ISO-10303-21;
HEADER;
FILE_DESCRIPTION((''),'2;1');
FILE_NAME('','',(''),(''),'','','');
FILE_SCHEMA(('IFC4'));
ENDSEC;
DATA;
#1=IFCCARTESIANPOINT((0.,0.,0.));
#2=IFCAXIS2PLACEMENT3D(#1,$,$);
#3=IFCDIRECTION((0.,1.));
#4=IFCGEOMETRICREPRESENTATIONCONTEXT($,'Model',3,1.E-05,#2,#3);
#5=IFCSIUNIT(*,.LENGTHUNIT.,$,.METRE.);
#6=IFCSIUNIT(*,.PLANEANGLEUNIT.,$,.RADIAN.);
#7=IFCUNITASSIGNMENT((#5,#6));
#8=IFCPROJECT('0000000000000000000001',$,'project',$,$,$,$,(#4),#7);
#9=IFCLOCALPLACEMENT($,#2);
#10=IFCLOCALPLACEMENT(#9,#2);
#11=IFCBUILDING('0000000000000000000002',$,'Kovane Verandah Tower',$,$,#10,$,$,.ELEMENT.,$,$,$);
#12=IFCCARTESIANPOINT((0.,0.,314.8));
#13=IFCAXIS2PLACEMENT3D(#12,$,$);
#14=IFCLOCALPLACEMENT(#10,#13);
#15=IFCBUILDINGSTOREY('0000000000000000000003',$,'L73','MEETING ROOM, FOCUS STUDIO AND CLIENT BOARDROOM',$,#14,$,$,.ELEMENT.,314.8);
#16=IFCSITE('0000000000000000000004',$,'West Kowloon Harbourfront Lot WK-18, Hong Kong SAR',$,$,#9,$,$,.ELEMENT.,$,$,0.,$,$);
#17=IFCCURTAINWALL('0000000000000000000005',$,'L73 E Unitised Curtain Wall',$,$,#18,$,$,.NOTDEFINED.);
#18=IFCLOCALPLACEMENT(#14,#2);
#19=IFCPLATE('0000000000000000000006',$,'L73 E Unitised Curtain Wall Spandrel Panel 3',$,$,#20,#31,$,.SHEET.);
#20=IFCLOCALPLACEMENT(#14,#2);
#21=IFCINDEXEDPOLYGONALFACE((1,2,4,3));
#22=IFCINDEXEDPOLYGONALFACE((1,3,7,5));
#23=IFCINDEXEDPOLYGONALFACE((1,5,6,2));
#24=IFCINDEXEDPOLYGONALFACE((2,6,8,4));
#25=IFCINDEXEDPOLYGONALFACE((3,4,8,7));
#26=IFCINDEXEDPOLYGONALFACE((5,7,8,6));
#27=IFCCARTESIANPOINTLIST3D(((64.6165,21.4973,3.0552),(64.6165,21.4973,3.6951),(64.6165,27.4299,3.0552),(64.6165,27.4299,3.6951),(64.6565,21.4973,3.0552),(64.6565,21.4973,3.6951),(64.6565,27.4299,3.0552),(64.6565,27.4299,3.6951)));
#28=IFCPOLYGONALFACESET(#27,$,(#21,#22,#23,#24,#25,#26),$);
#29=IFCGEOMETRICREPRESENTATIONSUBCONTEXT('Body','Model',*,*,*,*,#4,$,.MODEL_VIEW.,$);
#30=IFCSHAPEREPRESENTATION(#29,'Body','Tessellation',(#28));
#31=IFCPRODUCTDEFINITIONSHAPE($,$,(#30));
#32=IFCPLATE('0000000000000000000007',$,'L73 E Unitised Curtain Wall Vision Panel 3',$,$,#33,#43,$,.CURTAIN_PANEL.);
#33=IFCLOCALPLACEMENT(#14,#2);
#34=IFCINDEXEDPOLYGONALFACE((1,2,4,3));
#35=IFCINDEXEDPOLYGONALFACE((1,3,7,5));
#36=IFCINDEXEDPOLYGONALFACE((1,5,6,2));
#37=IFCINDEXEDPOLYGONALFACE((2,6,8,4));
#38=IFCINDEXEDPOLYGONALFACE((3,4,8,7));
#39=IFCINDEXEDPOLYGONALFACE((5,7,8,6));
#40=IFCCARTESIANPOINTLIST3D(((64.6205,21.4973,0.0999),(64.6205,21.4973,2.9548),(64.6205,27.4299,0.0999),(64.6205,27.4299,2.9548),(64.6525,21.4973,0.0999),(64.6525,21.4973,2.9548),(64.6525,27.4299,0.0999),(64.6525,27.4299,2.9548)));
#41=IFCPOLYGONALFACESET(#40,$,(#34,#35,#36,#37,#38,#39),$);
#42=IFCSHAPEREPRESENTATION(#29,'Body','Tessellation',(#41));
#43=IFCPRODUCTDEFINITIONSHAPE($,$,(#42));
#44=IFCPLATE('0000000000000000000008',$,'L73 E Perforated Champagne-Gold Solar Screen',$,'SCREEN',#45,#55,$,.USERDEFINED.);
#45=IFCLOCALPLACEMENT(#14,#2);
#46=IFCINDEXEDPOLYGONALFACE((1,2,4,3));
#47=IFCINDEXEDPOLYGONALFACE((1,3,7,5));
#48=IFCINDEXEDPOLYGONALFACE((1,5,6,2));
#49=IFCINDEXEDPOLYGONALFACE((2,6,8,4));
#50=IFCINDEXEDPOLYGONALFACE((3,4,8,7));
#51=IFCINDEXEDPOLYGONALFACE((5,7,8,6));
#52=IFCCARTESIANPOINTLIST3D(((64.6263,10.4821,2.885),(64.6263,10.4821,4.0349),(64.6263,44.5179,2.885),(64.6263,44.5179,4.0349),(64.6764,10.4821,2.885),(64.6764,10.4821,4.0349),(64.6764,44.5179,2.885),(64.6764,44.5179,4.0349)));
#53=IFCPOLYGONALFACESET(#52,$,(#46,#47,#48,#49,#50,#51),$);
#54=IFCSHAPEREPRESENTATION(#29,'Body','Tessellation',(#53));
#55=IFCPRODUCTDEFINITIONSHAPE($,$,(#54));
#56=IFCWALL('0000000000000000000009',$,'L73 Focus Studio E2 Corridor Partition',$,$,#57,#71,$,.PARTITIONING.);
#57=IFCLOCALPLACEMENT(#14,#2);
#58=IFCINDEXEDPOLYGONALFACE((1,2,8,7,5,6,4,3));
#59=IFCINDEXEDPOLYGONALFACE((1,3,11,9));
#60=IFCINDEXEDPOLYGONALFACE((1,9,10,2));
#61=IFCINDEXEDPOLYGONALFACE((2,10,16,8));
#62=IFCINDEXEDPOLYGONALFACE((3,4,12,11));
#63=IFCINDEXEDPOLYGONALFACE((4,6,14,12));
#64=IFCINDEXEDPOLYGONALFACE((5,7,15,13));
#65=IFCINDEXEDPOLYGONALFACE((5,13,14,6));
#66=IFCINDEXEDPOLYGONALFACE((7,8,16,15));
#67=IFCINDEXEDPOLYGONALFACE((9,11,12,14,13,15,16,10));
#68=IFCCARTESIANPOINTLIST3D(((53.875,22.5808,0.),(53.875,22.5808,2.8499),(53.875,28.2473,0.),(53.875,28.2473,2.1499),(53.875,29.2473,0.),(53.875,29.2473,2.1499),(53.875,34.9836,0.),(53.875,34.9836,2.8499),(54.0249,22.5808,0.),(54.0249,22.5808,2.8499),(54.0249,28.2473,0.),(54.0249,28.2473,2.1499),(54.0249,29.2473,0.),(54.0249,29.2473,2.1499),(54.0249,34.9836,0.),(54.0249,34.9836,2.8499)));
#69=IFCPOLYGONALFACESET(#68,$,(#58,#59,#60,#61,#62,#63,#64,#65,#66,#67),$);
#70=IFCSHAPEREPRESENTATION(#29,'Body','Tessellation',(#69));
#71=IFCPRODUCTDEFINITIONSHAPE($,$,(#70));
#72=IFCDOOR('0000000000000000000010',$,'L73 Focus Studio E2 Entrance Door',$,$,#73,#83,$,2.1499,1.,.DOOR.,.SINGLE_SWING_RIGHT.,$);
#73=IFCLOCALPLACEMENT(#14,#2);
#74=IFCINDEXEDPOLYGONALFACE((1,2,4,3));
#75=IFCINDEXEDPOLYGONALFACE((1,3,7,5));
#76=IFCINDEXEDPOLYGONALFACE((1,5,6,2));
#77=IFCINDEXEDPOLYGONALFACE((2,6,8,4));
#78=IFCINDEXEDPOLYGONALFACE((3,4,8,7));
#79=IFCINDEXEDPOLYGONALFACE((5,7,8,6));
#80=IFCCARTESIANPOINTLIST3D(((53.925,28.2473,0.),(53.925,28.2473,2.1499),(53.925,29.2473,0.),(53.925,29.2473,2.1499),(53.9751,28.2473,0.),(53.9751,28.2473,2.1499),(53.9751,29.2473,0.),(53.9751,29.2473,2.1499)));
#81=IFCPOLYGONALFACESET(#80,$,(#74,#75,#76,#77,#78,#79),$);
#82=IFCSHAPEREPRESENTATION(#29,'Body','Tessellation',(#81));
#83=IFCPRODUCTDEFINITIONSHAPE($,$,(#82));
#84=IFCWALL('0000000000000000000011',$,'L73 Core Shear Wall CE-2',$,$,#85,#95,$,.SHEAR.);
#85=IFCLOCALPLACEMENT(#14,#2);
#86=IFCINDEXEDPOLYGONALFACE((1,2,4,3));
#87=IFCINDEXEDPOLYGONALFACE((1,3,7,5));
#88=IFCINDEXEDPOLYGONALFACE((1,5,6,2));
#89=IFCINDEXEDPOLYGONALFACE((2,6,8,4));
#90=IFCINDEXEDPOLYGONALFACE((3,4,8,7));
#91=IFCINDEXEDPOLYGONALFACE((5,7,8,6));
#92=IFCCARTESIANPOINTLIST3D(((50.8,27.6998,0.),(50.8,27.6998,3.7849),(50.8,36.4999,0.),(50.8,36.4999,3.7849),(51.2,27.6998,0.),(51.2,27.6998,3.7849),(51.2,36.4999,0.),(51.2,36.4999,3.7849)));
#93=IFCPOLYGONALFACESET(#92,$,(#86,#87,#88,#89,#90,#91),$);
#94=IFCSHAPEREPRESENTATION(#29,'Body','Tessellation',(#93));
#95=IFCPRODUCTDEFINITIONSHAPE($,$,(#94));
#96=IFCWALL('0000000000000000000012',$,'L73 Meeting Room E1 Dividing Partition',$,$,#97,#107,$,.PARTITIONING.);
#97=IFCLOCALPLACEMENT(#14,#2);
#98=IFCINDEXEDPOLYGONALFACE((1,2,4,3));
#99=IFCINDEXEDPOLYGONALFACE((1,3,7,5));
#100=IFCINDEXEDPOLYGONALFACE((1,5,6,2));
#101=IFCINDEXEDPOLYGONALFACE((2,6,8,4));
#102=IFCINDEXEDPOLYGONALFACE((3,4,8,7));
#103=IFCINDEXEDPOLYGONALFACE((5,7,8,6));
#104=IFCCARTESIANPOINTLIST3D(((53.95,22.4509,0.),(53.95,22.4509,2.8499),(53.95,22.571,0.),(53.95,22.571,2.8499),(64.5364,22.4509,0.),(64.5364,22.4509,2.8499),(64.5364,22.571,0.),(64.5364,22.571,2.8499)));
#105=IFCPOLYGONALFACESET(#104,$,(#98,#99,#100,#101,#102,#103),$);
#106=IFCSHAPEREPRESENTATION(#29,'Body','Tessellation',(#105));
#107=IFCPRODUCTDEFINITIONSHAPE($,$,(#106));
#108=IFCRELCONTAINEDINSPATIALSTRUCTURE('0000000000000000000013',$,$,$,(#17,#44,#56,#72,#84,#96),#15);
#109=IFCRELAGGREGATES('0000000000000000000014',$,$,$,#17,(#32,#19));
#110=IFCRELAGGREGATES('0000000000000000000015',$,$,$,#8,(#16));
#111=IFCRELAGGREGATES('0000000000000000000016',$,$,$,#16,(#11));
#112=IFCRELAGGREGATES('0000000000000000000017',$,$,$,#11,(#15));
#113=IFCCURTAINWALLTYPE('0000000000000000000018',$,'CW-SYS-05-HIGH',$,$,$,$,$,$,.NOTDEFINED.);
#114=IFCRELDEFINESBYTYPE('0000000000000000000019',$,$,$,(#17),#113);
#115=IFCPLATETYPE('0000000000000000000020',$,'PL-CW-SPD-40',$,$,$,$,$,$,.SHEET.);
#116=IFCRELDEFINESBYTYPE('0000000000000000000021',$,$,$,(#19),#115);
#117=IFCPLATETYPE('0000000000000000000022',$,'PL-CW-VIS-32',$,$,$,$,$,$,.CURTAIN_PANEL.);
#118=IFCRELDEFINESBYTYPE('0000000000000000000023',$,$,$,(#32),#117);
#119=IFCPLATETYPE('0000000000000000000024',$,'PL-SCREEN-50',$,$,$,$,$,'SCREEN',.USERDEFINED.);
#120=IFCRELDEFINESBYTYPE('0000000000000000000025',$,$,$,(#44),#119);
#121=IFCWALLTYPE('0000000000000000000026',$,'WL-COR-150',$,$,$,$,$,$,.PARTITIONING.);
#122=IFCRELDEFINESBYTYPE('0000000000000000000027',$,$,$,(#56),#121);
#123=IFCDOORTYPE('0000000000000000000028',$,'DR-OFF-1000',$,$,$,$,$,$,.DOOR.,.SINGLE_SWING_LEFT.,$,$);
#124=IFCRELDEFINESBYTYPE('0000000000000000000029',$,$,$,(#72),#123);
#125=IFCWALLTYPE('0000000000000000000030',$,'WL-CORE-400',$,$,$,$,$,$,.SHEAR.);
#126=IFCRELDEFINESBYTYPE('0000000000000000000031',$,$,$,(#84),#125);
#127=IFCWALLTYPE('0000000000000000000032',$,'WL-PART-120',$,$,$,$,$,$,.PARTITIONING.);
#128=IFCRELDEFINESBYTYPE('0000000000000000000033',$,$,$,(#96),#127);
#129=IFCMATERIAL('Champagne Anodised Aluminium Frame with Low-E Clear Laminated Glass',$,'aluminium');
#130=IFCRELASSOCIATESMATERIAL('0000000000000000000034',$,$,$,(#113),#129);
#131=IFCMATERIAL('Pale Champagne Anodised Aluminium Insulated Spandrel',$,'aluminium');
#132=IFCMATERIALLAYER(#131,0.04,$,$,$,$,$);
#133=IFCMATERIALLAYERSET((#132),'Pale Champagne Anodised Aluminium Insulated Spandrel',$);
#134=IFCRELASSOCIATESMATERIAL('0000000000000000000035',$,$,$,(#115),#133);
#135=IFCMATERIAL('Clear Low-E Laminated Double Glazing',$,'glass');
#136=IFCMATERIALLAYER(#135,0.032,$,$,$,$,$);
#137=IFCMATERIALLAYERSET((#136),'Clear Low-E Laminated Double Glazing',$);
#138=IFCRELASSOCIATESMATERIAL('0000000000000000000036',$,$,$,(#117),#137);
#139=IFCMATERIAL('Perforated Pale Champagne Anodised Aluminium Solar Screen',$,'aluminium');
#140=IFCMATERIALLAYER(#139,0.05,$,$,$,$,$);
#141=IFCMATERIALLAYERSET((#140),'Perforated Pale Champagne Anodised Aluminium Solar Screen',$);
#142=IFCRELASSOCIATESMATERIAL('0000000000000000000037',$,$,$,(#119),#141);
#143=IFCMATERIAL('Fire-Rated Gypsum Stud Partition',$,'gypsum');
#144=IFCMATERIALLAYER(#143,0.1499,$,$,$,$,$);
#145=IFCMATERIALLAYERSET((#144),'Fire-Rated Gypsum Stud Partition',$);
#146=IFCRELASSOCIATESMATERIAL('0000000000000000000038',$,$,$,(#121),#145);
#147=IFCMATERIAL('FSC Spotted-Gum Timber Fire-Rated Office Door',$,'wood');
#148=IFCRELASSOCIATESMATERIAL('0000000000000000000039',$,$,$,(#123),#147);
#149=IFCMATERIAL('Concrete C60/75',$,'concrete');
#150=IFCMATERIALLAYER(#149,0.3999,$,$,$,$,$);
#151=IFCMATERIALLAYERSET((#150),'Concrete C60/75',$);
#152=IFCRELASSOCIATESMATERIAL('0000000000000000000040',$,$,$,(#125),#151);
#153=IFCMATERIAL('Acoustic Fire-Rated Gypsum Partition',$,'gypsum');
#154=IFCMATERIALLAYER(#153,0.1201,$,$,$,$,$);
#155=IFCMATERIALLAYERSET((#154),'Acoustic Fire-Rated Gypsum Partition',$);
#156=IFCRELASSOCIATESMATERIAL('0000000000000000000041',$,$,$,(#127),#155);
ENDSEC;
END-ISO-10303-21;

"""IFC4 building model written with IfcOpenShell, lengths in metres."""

from ifc_helpers import new_model, si_unit, direction, frame, frame_2d, origin, origin_2d, place, context, subcontext, project, spatial, rectangle, extrude, material, layer, layer_set, type_object, element, fill, aggregate, save


model = new_model("IFC4")

# Units and contexts
model_context = context("Model", 3, precision=1e-05, world=origin(), true_north=direction((0.0, 1.0)))
body_context = subcontext(model_context, "Body", "Model", "MODEL_VIEW")
ifc_project = project(units=[si_unit("LENGTHUNIT", "METRE"), si_unit("PLANEANGLEUNIT", "RADIAN")], contexts=[model_context])

# Site, building, storey
site_placement = place(None, origin())
site = spatial("IfcSite", under=ifc_project, at=site_placement, Name="West Kowloon Harbourfront Lot WK-18, Hong Kong SAR", CompositionType="ELEMENT", RefElevation=0.0)
building_placement = place(site_placement, origin())
building = spatial("IfcBuilding", under=site, at=building_placement, Name="Kovane Verandah Tower", CompositionType="ELEMENT")
storey_placement = place(building_placement, frame((0.0, 0.0, 314.8)))
storey = spatial("IfcBuildingStorey", under=building, at=storey_placement, Name="L73", Description="MEETING ROOM, FOCUS STUDIO AND CLIENT BOARDROOM", CompositionType="ELEMENT", Elevation=314.8)

# Shared definitions
ifc_material_1 = material(Name="Concrete C60/75", Category="concrete")

# Curtain wall
ifc_material_2 = material(Name="Champagne Anodised Aluminium Frame with Low-E Clear Laminated Glass", Category="aluminium")
curtain_wall_type = type_object("IfcCurtainWallType", Name="CW-SYS-05-HIGH", PredefinedType="NOTDEFINED", material=ifc_material_2)
curtain_wall_placement = place(storey_placement, origin())
curtain_wall = element("IfcCurtainWall", 1, at=curtain_wall_placement, inside=storey, type_object=curtain_wall_type, Name="L73 E Unitised Curtain Wall", PredefinedType="NOTDEFINED")

# Plates
ifc_material_3 = material(Name="Pale Champagne Anodised Aluminium Insulated Spandrel", Category="aluminium")
ifc_layer_1 = layer(ifc_material_3, 0.04)
ifc_layer_set_1 = layer_set([ifc_layer_1], Name="Pale Champagne Anodised Aluminium Insulated Spandrel")
plate_type_1 = type_object("IfcPlateType", Name="PL-CW-SPD-40", PredefinedType="SHEET", material=ifc_layer_set_1)
plate_1_placement = place(storey_placement, frame((64.6365, 24.4636, 3.0552), z_axis=(0.0, 0.0, 1.0), x_axis=(0.0, 1.0, 0.0)))
plate_1 = element("IfcPlate", 2, at=plate_1_placement, type_object=plate_type_1, Name="L73 E Unitised Curtain Wall Spandrel Panel 3", PredefinedType="SHEET", context=body_context, shape_type="SweptSolid", body=[
    extrude(rectangle(XDim=5.9326, YDim=0.04, at=origin_2d()), origin(), (0.0, 0.0, 1.0), 0.6399),
])
ifc_material_4 = material(Name="Clear Low-E Laminated Double Glazing", Category="glass")
ifc_layer_2 = layer(ifc_material_4, 0.032)
ifc_layer_set_2 = layer_set([ifc_layer_2], Name="Clear Low-E Laminated Double Glazing")
plate_type_2 = type_object("IfcPlateType", Name="PL-CW-VIS-32", PredefinedType="CURTAIN_PANEL", material=ifc_layer_set_2)
plate_2_placement = place(storey_placement, frame((64.6365, 24.4636, 0.0999), z_axis=(0.0, 0.0, 1.0), x_axis=(0.0, 1.0, 0.0)))
plate_2 = element("IfcPlate", 3, at=plate_2_placement, type_object=plate_type_2, Name="L73 E Unitised Curtain Wall Vision Panel 3", PredefinedType="CURTAIN_PANEL", context=body_context, shape_type="SweptSolid", body=[
    extrude(rectangle(XDim=5.9326, YDim=0.032, at=origin_2d()), origin(), (0.0, 0.0, 1.0), 2.855),
])
aggregate(curtain_wall, [plate_2, plate_1])
ifc_material_5 = material(Name="Perforated Pale Champagne Anodised Aluminium Solar Screen", Category="aluminium")
ifc_layer_3 = layer(ifc_material_5, 0.05)
ifc_layer_set_3 = layer_set([ifc_layer_3], Name="Perforated Pale Champagne Anodised Aluminium Solar Screen")
plate_type_3 = type_object("IfcPlateType", Name="PL-SCREEN-50", ElementType="SCREEN", PredefinedType="USERDEFINED", material=ifc_layer_set_3)
plate_3_placement = place(storey_placement, frame((64.6514, 27.5, 2.885), z_axis=(0.0, 0.0, 1.0), x_axis=(0.0, 1.0, 0.0)))
element("IfcPlate", 4, at=plate_3_placement, inside=storey, type_object=plate_type_3, Name="L73 E Perforated Champagne-Gold Solar Screen", ObjectType="SCREEN", PredefinedType="USERDEFINED", context=body_context, shape_type="SweptSolid", body=[
    extrude(rectangle(XDim=34.0359, YDim=0.05, at=origin_2d()), origin(), (0.0, 0.0, 1.0), 1.1499),
])

# Wall, opening, door
ifc_material_6 = material(Name="Fire-Rated Gypsum Stud Partition", Category="gypsum")
ifc_layer_4 = layer(ifc_material_6, 0.1499)
ifc_layer_set_4 = layer_set([ifc_layer_4], Name="Fire-Rated Gypsum Stud Partition")
wall_type_1 = type_object("IfcWallType", Name="WL-COR-150", PredefinedType="PARTITIONING", material=ifc_layer_set_4)
wall_1_placement = place(storey_placement, frame((53.95, 22.5808, 0.0), z_axis=(0.0, 0.0, 1.0), x_axis=(0.0, 1.0, 0.0)))
wall_1 = element("IfcWall", 5, at=wall_1_placement, inside=storey, type_object=wall_type_1, Name="L73 Focus Studio E2 Corridor Partition", PredefinedType="PARTITIONING", context=body_context, shape_type="SweptSolid", body=[
    extrude(rectangle(XDim=12.4028, YDim=0.1499, at=frame_2d((6.2014, 0.0))), origin(), (0.0, 0.0, 1.0), 2.8499),
])
opening_1_placement = place(wall_1_placement, frame((5.6665, 0.0, 0.0)))
opening_1 = element("IfcOpeningElement", 6, at=opening_1_placement, cuts=wall_1, PredefinedType="OPENING", context=body_context, shape_type="SweptSolid", body=[
    extrude(rectangle(XDim=1.0, YDim=2.1499, at=frame_2d((0.5, 1.075))), frame((0.0, 0.075, 0.0), z_axis=(0.0, -1.0, 0.0), x_axis=(1.0, 0.0, 0.0)), (0.0, 0.0, 1.0), 0.1499),
])
ifc_material_7 = material(Name="FSC Spotted-Gum Timber Fire-Rated Office Door", Category="wood")
door_type_1 = type_object("IfcDoorType", Name="DR-OFF-1000", OperationType="SINGLE_SWING_LEFT", PredefinedType="DOOR", material=ifc_material_7)
door_1_placement = place(opening_1_placement, origin())
door_1 = element("IfcDoor", 7, at=door_1_placement, inside=storey, type_object=door_type_1, Name="L73 Focus Studio E2 Entrance Door", OperationType="SINGLE_SWING_RIGHT", OverallHeight=2.1499, OverallWidth=1.0, PredefinedType="DOOR", context=body_context, shape_type="SweptSolid", body=[
    extrude(rectangle(XDim=1.0, YDim=2.1499, at=frame_2d((0.5, 1.075))), frame((0.0, 0.0249, 0.0), z_axis=(0.0, -1.0, 0.0), x_axis=(1.0, 0.0, 0.0)), (0.0, 0.0, 1.0), 0.05),
])
fill(opening_1, door_1)

# Wall
ifc_layer_5 = layer(ifc_material_1, 0.3999)
ifc_layer_set_5 = layer_set([ifc_layer_5], Name="Concrete C60/75")
wall_type_2 = type_object("IfcWallType", Name="WL-CORE-400", PredefinedType="SHEAR", material=ifc_layer_set_5)
wall_2_placement = place(storey_placement, frame((51.0, 27.7, 0.0), z_axis=(0.0, 0.0, 1.0), x_axis=(0.0, 1.0, 0.0)))
element("IfcWall", 8, at=wall_2_placement, inside=storey, type_object=wall_type_2, Name="L73 Core Shear Wall CE-2", PredefinedType="SHEAR", context=body_context, shape_type="SweptSolid", body=[
    extrude(rectangle(XDim=8.8, YDim=0.3999, at=frame_2d((4.3999, 0.0))), origin(), (0.0, 0.0, 1.0), 3.7849),
])

# Wall
ifc_material_8 = material(Name="Acoustic Fire-Rated Gypsum Partition", Category="gypsum")
ifc_layer_6 = layer(ifc_material_8, 0.1201)
ifc_layer_set_6 = layer_set([ifc_layer_6], Name="Acoustic Fire-Rated Gypsum Partition")
wall_type_3 = type_object("IfcWallType", Name="WL-PART-120", PredefinedType="PARTITIONING", material=ifc_layer_set_6)
wall_3_placement = place(storey_placement, frame((53.95, 22.511, 0.0), z_axis=(0.0, 0.0, 1.0), x_axis=(1.0, 0.0, 0.0)))
element("IfcWall", 9, at=wall_3_placement, inside=storey, type_object=wall_type_3, Name="L73 Meeting Room E1 Dividing Partition", PredefinedType="PARTITIONING", context=body_context, shape_type="SweptSolid", body=[
    extrude(rectangle(XDim=10.5864, YDim=0.1201, at=frame_2d((5.2932, 0.0))), origin(), (0.0, 0.0, 1.0), 2.8499),
])

save(model, "model.ifc")
